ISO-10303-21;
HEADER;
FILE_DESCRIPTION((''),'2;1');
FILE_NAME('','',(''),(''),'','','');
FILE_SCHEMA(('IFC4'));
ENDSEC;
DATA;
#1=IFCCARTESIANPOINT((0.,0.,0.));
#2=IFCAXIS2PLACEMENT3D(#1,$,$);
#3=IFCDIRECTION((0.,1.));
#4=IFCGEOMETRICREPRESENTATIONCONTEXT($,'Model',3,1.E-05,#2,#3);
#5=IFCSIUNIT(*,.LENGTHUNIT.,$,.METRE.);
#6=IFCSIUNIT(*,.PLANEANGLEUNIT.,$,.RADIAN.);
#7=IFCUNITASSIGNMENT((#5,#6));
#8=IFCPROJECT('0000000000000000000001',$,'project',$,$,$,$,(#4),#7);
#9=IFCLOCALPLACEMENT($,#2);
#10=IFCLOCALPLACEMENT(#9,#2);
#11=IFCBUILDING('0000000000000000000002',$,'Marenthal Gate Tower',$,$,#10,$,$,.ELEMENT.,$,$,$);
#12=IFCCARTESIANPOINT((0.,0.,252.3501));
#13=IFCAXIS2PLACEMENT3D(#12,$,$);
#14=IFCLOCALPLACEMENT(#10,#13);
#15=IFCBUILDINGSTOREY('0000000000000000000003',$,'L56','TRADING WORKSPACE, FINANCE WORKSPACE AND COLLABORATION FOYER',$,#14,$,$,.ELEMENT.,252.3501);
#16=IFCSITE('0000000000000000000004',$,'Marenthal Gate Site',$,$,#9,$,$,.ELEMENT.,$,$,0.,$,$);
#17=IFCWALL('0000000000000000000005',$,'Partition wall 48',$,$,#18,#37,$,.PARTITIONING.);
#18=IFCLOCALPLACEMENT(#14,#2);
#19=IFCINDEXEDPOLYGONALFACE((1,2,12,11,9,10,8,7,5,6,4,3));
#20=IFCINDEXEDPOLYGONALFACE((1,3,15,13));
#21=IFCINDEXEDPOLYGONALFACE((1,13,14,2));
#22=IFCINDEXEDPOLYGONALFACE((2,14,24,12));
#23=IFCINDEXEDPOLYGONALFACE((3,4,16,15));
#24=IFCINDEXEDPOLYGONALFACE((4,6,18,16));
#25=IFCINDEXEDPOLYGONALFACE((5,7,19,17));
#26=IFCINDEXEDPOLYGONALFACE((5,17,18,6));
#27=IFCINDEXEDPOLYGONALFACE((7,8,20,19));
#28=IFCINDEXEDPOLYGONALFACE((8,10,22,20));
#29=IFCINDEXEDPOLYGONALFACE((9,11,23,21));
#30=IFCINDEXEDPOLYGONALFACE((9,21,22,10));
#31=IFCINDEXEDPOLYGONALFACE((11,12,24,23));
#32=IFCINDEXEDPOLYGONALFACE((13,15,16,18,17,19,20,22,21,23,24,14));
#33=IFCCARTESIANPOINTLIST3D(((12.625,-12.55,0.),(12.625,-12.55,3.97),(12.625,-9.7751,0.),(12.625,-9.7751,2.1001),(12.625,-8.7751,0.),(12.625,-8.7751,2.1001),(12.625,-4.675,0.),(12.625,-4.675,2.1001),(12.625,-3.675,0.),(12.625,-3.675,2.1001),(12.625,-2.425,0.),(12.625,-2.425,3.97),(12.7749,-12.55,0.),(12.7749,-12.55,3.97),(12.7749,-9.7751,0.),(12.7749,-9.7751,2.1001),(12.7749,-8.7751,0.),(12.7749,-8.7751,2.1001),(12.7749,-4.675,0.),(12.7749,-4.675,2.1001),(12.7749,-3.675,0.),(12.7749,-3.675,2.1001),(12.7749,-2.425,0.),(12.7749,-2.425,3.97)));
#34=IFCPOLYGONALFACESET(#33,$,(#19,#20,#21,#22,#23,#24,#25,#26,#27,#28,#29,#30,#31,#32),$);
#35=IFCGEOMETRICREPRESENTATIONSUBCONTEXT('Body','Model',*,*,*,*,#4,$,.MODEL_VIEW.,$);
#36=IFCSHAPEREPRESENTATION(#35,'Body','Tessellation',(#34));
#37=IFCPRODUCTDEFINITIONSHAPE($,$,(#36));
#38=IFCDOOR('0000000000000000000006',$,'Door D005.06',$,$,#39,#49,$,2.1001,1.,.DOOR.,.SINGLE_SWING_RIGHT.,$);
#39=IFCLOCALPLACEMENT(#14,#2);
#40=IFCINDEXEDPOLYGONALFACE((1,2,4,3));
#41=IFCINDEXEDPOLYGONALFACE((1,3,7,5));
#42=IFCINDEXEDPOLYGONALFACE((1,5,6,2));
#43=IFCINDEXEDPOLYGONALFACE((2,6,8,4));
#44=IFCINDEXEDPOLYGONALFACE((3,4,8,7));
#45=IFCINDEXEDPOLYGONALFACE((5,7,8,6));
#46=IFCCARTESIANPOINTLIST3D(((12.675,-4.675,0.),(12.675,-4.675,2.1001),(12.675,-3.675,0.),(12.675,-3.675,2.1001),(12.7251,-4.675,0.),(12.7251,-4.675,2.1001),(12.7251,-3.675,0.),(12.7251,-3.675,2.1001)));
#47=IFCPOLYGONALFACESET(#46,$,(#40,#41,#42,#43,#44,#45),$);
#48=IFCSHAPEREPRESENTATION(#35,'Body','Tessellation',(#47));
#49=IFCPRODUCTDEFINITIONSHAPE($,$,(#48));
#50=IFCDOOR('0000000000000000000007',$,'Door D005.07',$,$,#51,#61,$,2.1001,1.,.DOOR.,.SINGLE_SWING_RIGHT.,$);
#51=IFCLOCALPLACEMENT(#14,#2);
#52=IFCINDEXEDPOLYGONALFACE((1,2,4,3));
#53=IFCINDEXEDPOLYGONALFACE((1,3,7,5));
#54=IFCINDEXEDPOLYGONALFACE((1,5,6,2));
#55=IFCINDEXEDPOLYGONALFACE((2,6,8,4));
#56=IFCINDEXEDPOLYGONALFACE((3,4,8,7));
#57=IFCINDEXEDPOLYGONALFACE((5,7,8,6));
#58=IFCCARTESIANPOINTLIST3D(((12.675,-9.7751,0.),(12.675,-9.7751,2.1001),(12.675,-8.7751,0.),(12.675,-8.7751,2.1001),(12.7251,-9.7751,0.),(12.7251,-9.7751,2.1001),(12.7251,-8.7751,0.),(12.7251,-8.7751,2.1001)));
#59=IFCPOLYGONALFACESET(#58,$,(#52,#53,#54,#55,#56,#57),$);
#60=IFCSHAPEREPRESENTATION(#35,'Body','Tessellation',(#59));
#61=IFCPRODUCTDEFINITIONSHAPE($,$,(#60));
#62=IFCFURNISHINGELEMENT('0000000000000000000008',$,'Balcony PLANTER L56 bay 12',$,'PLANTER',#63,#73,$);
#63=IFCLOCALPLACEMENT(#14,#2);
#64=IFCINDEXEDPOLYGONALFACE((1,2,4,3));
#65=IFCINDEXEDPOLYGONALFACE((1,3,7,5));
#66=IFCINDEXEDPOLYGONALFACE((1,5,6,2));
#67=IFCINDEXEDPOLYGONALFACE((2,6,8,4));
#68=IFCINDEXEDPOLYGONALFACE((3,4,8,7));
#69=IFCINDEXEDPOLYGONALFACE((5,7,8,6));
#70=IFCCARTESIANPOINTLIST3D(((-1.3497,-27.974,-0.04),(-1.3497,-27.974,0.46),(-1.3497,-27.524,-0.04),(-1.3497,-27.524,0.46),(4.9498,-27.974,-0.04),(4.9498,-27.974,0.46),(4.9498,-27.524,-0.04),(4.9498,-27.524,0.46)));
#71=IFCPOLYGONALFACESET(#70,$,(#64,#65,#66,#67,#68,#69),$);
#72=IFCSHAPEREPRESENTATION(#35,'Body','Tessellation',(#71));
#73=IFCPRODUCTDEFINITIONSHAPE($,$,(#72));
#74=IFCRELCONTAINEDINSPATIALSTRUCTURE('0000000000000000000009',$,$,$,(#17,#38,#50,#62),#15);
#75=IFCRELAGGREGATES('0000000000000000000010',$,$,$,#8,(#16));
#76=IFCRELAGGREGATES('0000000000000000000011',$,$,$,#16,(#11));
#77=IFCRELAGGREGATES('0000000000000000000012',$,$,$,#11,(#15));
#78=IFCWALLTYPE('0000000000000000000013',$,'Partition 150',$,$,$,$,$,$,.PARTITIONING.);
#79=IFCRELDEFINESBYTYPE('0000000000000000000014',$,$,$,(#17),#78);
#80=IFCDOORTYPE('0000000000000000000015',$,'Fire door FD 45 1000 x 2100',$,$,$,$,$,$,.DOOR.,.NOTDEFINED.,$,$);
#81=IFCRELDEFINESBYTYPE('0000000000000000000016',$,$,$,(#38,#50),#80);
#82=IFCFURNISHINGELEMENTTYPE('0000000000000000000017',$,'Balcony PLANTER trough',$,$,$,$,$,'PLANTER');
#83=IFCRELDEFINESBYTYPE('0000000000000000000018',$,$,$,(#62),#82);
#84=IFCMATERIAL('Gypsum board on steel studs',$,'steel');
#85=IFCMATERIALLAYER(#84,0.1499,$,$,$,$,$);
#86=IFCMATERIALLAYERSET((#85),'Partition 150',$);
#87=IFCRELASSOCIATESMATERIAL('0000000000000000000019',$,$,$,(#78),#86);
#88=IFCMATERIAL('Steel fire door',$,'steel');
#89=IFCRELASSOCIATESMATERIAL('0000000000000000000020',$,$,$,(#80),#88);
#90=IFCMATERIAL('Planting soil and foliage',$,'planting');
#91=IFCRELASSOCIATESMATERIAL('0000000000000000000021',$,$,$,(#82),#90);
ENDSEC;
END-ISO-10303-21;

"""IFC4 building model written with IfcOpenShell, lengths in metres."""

from ifc_helpers import new_model, si_unit, direction, frame, frame_2d, origin, origin_2d, place, context, subcontext, project, spatial, rectangle, extrude, material, layer, layer_set, type_object, element, fill, save


model = new_model("IFC4")

# Units and contexts
model_context = context("Model", 3, precision=1e-05, world=origin(), true_north=direction((0.0, 1.0)))
body_context = subcontext(model_context, "Body", "Model", "MODEL_VIEW")
ifc_project = project(units=[si_unit("LENGTHUNIT", "METRE"), si_unit("PLANEANGLEUNIT", "RADIAN")], contexts=[model_context])

# Site, building, storey
site_placement = place(None, origin())
site = spatial("IfcSite", under=ifc_project, at=site_placement, Name="Marenthal Gate Site", CompositionType="ELEMENT", RefElevation=0.0)
building_placement = place(site_placement, origin())
building = spatial("IfcBuilding", under=site, at=building_placement, Name="Marenthal Gate Tower", CompositionType="ELEMENT")
storey_placement = place(building_placement, frame((0.0, 0.0, 252.3501)))
storey = spatial("IfcBuildingStorey", under=building, at=storey_placement, Name="L56", Description="TRADING WORKSPACE, FINANCE WORKSPACE AND COLLABORATION FOYER", CompositionType="ELEMENT", Elevation=252.3501)

# Shared definitions
ifc_material_1 = material(Name="Gypsum board on steel studs", Category="steel")
ifc_layer_1 = layer(ifc_material_1, 0.1499)
ifc_layer_set_1 = layer_set([ifc_layer_1], Name="Partition 150")
wall_type_1 = type_object("IfcWallType", Name="Partition 150", PredefinedType="PARTITIONING", material=ifc_layer_set_1)

# Wall, openings, doors
wall_1_placement = place(storey_placement, frame((12.7, -12.55, 0.0), z_axis=(0.0, 0.0, 1.0), x_axis=(0.0, 1.0, 0.0)))
wall_1 = element("IfcWall", 1, at=wall_1_placement, inside=storey, type_object=wall_type_1, Name="Partition wall 48", PredefinedType="PARTITIONING", context=body_context, shape_type="SweptSolid", body=[
    extrude(rectangle(XDim=10.125, YDim=0.1499, at=frame_2d((5.0625, 0.0))), origin(), (0.0, 0.0, 1.0), 3.97),
])
opening_1_placement = place(wall_1_placement, frame((7.875, 0.0, 0.0)))
opening_1 = element("IfcOpeningElement", 2, at=opening_1_placement, cuts=wall_1, PredefinedType="OPENING", context=body_context, shape_type="SweptSolid", body=[
    extrude(rectangle(XDim=1.0, YDim=2.1001, at=frame_2d((0.5, 1.05))), frame((0.0, 0.085, 0.0), z_axis=(0.0, -1.0, 0.0), x_axis=(1.0, 0.0, 0.0)), (0.0, 0.0, 1.0), 0.1699),
])
opening_2_placement = place(wall_1_placement, frame((2.7749, 0.0, 0.0)))
opening_2 = element("IfcOpeningElement", 3, at=opening_2_placement, cuts=wall_1, PredefinedType="OPENING", context=body_context, shape_type="SweptSolid", body=[
    extrude(rectangle(XDim=1.0, YDim=2.1001, at=frame_2d((0.5, 1.05))), frame((0.0, 0.085, 0.0), z_axis=(0.0, -1.0, 0.0), x_axis=(1.0, 0.0, 0.0)), (0.0, 0.0, 1.0), 0.1699),
])
ifc_material_2 = material(Name="Steel fire door", Category="steel")
door_type_1 = type_object("IfcDoorType", Name="Fire door FD 45 1000 x 2100", OperationType="NOTDEFINED", PredefinedType="DOOR", material=ifc_material_2)
door_1_placement = place(opening_1_placement, origin())
door_1 = element("IfcDoor", 4, at=door_1_placement, inside=storey, type_object=door_type_1, Name="Door D005.06", OperationType="SINGLE_SWING_RIGHT", OverallHeight=2.1001, OverallWidth=1.0, PredefinedType="DOOR", context=body_context, shape_type="SweptSolid", body=[
    extrude(rectangle(XDim=1.0, YDim=2.1001, at=frame_2d((0.5, 1.05))), frame((0.0, 0.0249, 0.0), z_axis=(0.0, -1.0, 0.0), x_axis=(1.0, 0.0, 0.0)), (0.0, 0.0, 1.0), 0.05),
])
fill(opening_1, door_1)
door_2_placement = place(opening_2_placement, origin())
door_2 = element("IfcDoor", 5, at=door_2_placement, inside=storey, type_object=door_type_1, Name="Door D005.07", OperationType="SINGLE_SWING_RIGHT", OverallHeight=2.1001, OverallWidth=1.0, PredefinedType="DOOR", context=body_context, shape_type="SweptSolid", body=[
    extrude(rectangle(XDim=1.0, YDim=2.1001, at=frame_2d((0.5, 1.05))), frame((0.0, 0.0249, 0.0), z_axis=(0.0, -1.0, 0.0), x_axis=(1.0, 0.0, 0.0)), (0.0, 0.0, 1.0), 0.05),
])
fill(opening_2, door_2)

# Furnishing element
ifc_material_3 = material(Name="Planting soil and foliage", Category="planting")
furnishing_element_type = type_object("IfcFurnishingElementType", Name="Balcony PLANTER trough", ElementType="PLANTER", material=ifc_material_3)
furnishing_placement = place(storey_placement, frame((1.8, -27.749, -0.04), z_axis=(0.0, 0.0, 1.0), x_axis=(1.0, 0.0, 0.0)))
element("IfcFurnishingElement", 6, at=furnishing_placement, inside=storey, type_object=furnishing_element_type, Name="Balcony PLANTER L56 bay 12", ObjectType="PLANTER", context=body_context, shape_type="SweptSolid", body=[
    extrude(rectangle(XDim=6.2996, YDim=0.45, at=origin_2d()), origin(), (0.0, 0.0, 1.0), 0.5),
])

save(model, "model.ifc")
